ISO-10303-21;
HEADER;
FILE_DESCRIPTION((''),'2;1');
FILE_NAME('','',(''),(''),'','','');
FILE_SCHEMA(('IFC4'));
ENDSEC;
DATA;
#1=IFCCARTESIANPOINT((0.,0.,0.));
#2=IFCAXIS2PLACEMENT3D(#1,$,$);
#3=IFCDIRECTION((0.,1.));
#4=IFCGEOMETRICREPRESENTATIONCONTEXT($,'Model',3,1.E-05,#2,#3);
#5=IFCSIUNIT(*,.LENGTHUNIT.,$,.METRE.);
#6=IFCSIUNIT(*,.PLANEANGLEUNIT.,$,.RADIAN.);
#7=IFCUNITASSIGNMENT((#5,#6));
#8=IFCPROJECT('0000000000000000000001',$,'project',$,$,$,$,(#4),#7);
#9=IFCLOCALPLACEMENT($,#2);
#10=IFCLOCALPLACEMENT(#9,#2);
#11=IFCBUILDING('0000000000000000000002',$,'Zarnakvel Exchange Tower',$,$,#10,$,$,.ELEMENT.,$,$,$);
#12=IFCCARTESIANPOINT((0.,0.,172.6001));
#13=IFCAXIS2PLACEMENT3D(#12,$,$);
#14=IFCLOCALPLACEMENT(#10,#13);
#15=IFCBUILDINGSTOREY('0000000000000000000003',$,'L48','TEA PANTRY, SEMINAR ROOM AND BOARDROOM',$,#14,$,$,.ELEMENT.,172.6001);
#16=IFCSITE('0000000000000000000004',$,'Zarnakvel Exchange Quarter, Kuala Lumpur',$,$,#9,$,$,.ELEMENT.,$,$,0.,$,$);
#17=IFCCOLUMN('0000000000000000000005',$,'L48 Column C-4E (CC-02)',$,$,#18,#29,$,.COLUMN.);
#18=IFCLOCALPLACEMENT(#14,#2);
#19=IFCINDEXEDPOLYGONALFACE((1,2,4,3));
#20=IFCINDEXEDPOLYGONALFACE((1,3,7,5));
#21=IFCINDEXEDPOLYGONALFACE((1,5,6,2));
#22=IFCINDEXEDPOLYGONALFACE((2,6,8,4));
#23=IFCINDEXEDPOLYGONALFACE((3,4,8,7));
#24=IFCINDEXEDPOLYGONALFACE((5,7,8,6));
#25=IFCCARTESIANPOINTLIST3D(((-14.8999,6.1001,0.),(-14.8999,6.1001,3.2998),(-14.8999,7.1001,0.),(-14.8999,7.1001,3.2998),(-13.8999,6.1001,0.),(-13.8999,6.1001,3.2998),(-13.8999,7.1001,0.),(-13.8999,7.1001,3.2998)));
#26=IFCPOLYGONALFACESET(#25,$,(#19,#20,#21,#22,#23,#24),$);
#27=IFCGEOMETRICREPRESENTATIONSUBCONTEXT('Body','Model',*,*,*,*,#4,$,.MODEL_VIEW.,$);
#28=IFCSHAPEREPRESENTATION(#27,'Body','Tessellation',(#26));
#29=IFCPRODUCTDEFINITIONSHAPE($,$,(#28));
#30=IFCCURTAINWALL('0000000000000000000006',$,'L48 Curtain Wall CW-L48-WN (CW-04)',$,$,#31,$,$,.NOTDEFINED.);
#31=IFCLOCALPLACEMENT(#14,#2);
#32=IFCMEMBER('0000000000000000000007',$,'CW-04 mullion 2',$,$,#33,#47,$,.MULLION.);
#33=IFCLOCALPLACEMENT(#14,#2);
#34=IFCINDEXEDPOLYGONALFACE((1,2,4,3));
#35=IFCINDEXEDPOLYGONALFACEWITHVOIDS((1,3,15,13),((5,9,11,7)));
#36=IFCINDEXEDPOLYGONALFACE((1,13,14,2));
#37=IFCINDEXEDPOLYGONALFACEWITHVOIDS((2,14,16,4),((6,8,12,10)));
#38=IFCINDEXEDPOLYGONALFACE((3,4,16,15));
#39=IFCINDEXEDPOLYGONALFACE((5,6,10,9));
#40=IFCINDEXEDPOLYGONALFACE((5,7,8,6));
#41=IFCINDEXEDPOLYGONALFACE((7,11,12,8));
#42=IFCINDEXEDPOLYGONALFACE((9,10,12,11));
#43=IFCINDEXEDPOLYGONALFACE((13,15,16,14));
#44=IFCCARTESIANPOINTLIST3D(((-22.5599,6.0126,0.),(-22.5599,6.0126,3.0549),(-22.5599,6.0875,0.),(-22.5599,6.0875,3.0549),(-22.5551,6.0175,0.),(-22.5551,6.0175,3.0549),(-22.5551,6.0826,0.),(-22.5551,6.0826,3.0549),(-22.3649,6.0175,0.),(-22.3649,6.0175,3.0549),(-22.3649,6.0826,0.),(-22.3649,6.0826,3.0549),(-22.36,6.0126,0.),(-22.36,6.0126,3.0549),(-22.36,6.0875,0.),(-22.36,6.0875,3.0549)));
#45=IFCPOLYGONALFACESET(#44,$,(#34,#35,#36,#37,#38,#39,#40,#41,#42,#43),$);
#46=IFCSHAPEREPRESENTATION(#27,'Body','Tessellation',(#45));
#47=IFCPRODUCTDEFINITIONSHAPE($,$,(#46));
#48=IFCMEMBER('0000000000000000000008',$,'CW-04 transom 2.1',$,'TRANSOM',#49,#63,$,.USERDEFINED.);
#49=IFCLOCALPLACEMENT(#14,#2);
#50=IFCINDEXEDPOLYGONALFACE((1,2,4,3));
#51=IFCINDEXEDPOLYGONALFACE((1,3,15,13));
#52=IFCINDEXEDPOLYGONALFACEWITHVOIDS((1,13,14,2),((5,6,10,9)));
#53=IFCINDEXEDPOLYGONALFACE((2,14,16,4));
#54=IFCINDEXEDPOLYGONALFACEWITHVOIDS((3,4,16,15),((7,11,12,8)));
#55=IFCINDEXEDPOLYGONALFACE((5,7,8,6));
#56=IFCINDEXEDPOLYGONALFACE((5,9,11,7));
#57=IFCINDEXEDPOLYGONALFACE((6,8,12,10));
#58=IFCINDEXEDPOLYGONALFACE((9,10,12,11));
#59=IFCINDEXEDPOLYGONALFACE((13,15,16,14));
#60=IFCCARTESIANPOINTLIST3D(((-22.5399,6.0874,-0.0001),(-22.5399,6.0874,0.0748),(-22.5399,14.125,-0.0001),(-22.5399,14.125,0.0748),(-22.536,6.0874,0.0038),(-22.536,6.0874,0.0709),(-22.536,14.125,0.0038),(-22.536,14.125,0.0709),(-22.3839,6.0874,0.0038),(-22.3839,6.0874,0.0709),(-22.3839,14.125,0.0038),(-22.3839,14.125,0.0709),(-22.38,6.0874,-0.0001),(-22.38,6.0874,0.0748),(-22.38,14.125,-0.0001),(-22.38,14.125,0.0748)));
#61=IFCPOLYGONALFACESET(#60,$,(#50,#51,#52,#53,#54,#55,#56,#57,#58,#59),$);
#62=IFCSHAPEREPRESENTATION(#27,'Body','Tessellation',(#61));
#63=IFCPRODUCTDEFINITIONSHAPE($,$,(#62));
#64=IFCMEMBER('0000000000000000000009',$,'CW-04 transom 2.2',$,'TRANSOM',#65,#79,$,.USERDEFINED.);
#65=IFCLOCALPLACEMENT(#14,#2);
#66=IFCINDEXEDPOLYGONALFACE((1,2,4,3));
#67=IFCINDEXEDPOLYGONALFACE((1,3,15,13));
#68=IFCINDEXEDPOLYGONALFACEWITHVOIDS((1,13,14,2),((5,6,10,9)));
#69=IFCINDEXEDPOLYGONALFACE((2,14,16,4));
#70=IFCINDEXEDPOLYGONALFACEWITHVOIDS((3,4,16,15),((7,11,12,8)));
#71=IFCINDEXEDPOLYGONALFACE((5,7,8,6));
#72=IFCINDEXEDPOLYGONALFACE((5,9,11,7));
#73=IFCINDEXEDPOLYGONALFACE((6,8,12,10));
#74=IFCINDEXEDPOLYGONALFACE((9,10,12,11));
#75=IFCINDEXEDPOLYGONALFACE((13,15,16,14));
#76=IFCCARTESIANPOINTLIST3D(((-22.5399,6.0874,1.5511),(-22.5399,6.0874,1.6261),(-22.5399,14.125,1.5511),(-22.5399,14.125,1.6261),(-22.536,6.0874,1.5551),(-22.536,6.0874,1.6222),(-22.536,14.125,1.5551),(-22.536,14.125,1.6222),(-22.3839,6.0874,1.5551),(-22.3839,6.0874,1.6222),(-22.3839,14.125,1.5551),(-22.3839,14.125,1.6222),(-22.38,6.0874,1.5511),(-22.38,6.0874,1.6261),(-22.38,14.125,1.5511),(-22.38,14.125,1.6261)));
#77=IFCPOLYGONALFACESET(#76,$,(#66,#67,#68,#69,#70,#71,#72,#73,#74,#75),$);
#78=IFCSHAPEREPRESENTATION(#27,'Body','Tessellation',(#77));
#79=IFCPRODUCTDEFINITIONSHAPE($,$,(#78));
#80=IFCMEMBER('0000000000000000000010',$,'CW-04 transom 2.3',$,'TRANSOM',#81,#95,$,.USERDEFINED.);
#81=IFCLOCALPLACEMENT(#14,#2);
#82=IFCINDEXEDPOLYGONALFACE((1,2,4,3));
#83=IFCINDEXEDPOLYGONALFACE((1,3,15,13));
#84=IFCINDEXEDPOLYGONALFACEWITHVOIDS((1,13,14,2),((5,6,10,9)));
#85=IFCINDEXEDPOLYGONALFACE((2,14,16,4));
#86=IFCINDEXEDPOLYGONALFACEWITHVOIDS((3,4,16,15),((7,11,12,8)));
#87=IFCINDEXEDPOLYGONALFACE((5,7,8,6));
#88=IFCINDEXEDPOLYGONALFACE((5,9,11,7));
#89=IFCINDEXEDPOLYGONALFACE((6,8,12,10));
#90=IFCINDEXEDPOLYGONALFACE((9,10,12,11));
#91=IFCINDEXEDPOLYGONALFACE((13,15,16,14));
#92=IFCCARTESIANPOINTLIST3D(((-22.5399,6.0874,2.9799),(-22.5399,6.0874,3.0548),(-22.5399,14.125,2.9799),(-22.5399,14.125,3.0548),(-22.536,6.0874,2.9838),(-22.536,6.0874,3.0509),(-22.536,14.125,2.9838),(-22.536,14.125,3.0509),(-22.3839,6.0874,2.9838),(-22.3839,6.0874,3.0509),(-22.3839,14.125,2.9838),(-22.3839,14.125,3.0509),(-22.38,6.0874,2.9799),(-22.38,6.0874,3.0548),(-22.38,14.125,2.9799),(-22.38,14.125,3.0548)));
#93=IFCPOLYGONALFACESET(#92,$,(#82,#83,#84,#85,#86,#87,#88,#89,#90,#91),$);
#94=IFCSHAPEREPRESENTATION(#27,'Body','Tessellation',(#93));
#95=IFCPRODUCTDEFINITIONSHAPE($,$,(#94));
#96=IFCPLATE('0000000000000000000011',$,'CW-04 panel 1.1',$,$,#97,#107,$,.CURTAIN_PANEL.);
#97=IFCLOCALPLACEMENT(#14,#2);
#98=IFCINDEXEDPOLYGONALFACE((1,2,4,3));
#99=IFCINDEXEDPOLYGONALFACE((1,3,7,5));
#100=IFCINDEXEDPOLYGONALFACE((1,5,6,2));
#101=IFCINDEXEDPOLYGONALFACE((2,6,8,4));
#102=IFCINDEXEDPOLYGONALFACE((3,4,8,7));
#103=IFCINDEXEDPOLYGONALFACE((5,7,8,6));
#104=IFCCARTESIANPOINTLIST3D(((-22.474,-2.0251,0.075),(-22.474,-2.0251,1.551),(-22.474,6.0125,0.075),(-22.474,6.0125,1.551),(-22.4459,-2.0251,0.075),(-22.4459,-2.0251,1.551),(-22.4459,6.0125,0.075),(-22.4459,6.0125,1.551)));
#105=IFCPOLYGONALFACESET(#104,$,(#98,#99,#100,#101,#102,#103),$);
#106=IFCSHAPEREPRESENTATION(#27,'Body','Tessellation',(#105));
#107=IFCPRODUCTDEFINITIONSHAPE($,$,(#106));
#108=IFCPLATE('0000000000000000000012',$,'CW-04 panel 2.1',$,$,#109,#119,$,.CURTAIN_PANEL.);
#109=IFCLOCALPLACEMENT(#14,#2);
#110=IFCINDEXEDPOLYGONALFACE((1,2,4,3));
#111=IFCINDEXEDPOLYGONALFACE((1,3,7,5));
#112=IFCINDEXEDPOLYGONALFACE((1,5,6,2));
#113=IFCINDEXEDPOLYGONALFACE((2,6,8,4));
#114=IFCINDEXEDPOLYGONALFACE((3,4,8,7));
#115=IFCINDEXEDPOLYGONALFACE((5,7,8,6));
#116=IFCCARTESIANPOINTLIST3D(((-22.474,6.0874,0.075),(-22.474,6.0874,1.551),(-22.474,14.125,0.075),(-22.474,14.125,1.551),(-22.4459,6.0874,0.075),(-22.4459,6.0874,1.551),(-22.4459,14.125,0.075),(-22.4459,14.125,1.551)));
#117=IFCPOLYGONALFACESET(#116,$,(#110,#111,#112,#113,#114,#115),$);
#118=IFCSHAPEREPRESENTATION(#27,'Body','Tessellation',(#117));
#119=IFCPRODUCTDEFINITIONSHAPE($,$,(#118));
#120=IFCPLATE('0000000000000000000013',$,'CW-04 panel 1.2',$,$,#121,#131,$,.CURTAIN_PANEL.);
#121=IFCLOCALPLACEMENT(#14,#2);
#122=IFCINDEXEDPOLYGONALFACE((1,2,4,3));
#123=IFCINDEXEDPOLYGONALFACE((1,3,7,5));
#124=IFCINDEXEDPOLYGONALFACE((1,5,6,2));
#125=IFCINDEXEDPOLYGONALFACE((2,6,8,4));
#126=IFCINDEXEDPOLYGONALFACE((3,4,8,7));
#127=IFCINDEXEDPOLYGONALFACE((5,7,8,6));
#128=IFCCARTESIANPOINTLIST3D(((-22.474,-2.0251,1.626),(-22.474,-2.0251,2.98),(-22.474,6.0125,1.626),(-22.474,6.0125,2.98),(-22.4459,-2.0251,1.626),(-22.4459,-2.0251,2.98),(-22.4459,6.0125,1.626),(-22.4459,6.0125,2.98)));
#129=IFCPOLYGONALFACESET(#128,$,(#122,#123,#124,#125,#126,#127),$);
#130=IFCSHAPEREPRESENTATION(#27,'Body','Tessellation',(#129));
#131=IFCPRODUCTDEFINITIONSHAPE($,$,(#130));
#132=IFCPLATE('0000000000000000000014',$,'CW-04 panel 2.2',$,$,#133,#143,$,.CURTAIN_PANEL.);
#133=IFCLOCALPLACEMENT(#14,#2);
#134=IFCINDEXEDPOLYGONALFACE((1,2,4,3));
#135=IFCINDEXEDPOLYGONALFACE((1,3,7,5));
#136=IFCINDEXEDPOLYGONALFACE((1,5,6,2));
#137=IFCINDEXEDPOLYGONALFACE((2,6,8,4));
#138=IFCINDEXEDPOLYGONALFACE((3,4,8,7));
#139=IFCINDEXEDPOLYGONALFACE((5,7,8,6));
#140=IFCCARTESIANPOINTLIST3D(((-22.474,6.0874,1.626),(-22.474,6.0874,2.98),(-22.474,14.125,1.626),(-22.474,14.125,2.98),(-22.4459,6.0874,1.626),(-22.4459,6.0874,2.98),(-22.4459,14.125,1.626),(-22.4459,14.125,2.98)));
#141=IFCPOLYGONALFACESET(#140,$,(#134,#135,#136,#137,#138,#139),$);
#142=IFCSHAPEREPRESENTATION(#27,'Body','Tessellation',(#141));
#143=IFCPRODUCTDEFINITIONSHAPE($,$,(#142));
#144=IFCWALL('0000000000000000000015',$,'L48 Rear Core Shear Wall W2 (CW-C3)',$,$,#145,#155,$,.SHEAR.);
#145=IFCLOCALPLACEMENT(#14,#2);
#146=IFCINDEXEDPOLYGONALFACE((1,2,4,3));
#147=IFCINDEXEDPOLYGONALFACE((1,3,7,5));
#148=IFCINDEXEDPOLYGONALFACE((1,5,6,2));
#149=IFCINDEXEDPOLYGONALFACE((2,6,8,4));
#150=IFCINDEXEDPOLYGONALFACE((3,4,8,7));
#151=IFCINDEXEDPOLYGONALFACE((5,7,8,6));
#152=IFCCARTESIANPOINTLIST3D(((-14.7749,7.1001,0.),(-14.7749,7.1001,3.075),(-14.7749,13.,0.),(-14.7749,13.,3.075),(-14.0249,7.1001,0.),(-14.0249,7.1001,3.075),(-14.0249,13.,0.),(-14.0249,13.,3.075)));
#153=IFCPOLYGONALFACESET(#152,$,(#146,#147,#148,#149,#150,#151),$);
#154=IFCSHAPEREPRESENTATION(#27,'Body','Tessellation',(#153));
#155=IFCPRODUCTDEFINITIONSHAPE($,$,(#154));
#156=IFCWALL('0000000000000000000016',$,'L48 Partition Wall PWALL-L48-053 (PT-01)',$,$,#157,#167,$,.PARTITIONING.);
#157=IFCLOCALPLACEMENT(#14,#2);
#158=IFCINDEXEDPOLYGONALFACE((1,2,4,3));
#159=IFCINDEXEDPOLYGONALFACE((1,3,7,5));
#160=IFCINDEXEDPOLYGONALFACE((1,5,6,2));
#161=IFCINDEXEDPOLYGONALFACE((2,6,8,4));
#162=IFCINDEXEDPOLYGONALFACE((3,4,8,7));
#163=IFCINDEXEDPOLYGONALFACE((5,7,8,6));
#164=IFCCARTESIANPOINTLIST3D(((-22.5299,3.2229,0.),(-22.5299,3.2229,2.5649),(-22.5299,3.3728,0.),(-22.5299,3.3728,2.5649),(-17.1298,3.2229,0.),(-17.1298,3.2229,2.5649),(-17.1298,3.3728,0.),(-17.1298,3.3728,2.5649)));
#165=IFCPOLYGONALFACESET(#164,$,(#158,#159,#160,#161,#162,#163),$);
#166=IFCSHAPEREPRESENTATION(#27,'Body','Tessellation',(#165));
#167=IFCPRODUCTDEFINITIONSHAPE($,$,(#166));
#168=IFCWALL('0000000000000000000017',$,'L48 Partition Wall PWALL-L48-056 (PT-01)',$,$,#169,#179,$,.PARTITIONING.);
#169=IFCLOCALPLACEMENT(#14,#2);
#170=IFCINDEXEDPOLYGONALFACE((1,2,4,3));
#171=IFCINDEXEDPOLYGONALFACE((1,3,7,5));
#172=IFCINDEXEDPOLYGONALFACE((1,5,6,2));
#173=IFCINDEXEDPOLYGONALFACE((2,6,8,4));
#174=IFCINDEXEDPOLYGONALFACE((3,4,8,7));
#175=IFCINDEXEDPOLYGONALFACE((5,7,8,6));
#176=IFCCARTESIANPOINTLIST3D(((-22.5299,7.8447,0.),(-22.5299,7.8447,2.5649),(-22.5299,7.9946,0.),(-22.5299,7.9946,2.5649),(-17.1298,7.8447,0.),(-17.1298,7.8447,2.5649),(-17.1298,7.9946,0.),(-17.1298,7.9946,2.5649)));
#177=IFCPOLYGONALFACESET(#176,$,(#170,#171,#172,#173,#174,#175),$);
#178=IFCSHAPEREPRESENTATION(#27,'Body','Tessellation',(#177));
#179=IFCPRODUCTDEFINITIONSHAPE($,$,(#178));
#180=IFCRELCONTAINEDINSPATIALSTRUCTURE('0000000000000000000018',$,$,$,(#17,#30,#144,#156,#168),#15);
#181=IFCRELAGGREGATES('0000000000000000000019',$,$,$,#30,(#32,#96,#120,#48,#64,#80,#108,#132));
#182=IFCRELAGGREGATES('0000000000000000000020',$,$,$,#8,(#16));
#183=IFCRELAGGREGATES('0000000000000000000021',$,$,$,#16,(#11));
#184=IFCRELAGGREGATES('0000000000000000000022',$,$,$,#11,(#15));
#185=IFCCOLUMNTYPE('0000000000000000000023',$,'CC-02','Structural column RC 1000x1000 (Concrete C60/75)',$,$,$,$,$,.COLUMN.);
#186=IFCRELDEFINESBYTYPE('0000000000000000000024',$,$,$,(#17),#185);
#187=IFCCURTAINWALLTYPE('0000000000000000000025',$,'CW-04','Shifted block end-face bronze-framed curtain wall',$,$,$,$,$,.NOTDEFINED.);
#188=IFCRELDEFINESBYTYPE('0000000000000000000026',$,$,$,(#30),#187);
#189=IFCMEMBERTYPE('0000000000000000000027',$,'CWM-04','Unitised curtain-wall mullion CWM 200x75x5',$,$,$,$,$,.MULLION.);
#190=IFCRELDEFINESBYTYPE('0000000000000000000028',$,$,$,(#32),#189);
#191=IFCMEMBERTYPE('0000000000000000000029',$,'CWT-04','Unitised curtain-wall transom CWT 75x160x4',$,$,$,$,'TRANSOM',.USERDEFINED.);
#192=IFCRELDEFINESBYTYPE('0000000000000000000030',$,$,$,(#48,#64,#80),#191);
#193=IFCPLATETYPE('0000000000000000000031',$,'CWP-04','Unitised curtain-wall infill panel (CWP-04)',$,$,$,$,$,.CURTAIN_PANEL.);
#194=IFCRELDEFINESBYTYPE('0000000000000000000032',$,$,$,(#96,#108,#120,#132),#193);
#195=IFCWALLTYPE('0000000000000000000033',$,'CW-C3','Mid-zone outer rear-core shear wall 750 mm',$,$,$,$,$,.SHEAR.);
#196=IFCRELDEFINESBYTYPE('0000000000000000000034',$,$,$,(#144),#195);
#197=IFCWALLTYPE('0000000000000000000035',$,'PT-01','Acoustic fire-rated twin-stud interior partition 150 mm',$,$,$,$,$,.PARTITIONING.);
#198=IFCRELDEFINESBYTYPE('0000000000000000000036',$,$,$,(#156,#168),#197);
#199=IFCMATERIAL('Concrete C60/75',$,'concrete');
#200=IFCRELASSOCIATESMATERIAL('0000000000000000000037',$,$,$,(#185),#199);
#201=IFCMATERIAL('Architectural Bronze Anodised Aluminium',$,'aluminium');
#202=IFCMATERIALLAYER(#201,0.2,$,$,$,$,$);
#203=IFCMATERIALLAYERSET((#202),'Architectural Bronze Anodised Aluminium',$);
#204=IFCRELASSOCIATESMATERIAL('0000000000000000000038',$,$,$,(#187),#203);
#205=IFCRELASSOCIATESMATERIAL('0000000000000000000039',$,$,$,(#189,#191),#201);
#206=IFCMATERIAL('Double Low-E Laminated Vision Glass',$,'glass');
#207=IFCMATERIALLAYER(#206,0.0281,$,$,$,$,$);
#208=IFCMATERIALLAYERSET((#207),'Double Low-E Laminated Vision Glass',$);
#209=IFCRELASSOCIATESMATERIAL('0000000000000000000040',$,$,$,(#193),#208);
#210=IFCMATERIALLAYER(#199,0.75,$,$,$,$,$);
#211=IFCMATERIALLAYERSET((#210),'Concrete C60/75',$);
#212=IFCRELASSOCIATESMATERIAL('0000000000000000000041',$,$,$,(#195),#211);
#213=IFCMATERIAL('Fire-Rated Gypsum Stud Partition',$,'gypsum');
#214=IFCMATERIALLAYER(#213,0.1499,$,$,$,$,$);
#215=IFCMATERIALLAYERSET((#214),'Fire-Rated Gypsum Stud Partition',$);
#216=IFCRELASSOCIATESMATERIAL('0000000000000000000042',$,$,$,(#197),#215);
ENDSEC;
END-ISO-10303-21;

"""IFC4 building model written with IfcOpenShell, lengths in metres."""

from ifc_helpers import new_model, si_unit, direction, frame, frame_2d, origin, origin_2d, place, context, subcontext, project, spatial, rectangle, hollow_rectangle, extrude, source, transform, mapped, material, layer, layer_set, material_profile, profile_set, type_object, element, aggregate, save


model = new_model("IFC4")

# Units and contexts
model_context = context("Model", 3, precision=1e-05, world=origin(), true_north=direction((0.0, 1.0)))
body_context = subcontext(model_context, "Body", "Model", "MODEL_VIEW")
ifc_project = project(units=[si_unit("LENGTHUNIT", "METRE"), si_unit("PLANEANGLEUNIT", "RADIAN")], contexts=[model_context])

# Site, building, storey
site_placement = place(None, origin())
site = spatial("IfcSite", under=ifc_project, at=site_placement, Name="Zarnakvel Exchange Quarter, Kuala Lumpur", CompositionType="ELEMENT", RefElevation=0.0)
building_placement = place(site_placement, origin())
building = spatial("IfcBuilding", under=site, at=building_placement, Name="Zarnakvel Exchange Tower", CompositionType="ELEMENT")
storey_placement = place(building_placement, frame((0.0, 0.0, 172.6001)))
storey = spatial("IfcBuildingStorey", under=building, at=storey_placement, Name="L48", Description="TEA PANTRY, SEMINAR ROOM AND BOARDROOM", CompositionType="ELEMENT", Elevation=172.6001)

# Column
ifc_material_1 = material(Name="Concrete C60/75", Category="concrete")
ifc_material_profile_1 = material_profile(ifc_material_1, rectangle(XDim=1.0, YDim=1.0, at=origin_2d()))
ifc_profile_set_1 = profile_set([ifc_material_profile_1], Name="Concrete C60/75")
column_type = type_object("IfcColumnType", Name="CC-02", Description="Structural column RC 1000x1000 (Concrete C60/75)", PredefinedType="COLUMN", material=ifc_profile_set_1)
column_placement = place(storey_placement, frame((-14.3999, 6.6001, 0.0), z_axis=(0.0, 0.0, 1.0), x_axis=(1.0, 0.0, 0.0)))
element("IfcColumn", 1, at=column_placement, inside=storey, type_object=column_type, Name="L48 Column C-4E (CC-02)", PredefinedType="COLUMN", context=body_context, shape_type="SweptSolid", body=[
    extrude(rectangle(XDim=1.0, YDim=1.0, at=origin_2d()), origin(), (0.0, 0.0, 1.0), 3.2998),
])

# Curtain wall, members, plates
ifc_material_2 = material(Name="Architectural Bronze Anodised Aluminium", Category="aluminium")
ifc_layer_1 = layer(ifc_material_2, 0.2)
ifc_layer_set_1 = layer_set([ifc_layer_1], Name="Architectural Bronze Anodised Aluminium")
curtain_wall_type = type_object("IfcCurtainWallType", Name="CW-04", Description="Shifted block end-face bronze-framed curtain wall", PredefinedType="NOTDEFINED", material=ifc_layer_set_1)
curtain_wall_placement = place(storey_placement, origin())
curtain_wall = element("IfcCurtainWall", 2, at=curtain_wall_placement, inside=storey, type_object=curtain_wall_type, Name="L48 Curtain Wall CW-L48-WN (CW-04)", PredefinedType="NOTDEFINED")
ifc_material_profile_2 = material_profile(ifc_material_2, hollow_rectangle(XDim=0.2, YDim=0.075, WallThickness=0.0049, at=origin_2d()))
ifc_profile_set_2 = profile_set([ifc_material_profile_2], Name="Architectural Bronze Anodised Aluminium")
member_type_1 = type_object("IfcMemberType", Name="CWM-04", Description="Unitised curtain-wall mullion CWM 200x75x5", PredefinedType="MULLION", material=ifc_profile_set_2)
shared_shape_1 = source(origin(), body_context, "Body", "SweptSolid", [
    extrude(hollow_rectangle(XDim=0.2, YDim=0.075, WallThickness=0.0049, at=origin_2d()), origin(), (0.0, 0.0, 1.0), 3.0549),
])
member_1_placement = place(storey_placement, frame((-22.46, 6.05, 0.0), z_axis=(0.0, 0.0, 1.0), x_axis=(-1.0, 0.0, 0.0)))
member_1 = element("IfcMember", 3, at=member_1_placement, type_object=member_type_1, Name="CW-04 mullion 2", PredefinedType="MULLION", context=body_context, shape_type="MappedRepresentation", body=[
    mapped(shared_shape_1, transform((0.0, 0.0, 0.0), x_axis=(1.0, 0.0, 0.0), y_axis=(0.0, 1.0, 0.0), z_axis=(0.0, 0.0, 1.0), scale=1.0)),
])
ifc_material_profile_3 = material_profile(ifc_material_2, hollow_rectangle(XDim=0.1599, YDim=0.075, WallThickness=0.0039, at=origin_2d()))
ifc_profile_set_3 = profile_set([ifc_material_profile_3], Name="Architectural Bronze Anodised Aluminium")
member_type_2 = type_object("IfcMemberType", Name="CWT-04", Description="Unitised curtain-wall transom CWT 75x160x4", ElementType="TRANSOM", PredefinedType="USERDEFINED", material=ifc_profile_set_3)
shared_shape_2 = source(origin(), body_context, "Body", "SweptSolid", [
    extrude(hollow_rectangle(XDim=0.1599, YDim=0.075, WallThickness=0.0039, at=origin_2d()), origin(), (0.0, 0.0, 1.0), 8.0376),
])
member_2_placement = place(storey_placement, frame((-22.46, 6.0874, 0.0374), z_axis=(0.0, 1.0, 0.0), x_axis=(-1.0, 0.0, 0.0)))
member_2 = element("IfcMember", 4, at=member_2_placement, type_object=member_type_2, Name="CW-04 transom 2.1", ObjectType="TRANSOM", PredefinedType="USERDEFINED", context=body_context, shape_type="MappedRepresentation", body=[
    mapped(shared_shape_2, transform((0.0, 0.0, 0.0), x_axis=(1.0, 0.0, 0.0), y_axis=(0.0, 1.0, 0.0), z_axis=(0.0, 0.0, 1.0), scale=1.0)),
])
member_3_placement = place(storey_placement, frame((-22.46, 6.0874, 1.5886), z_axis=(0.0, 1.0, 0.0), x_axis=(-1.0, 0.0, 0.0)))
member_3 = element("IfcMember", 5, at=member_3_placement, type_object=member_type_2, Name="CW-04 transom 2.2", ObjectType="TRANSOM", PredefinedType="USERDEFINED", context=body_context, shape_type="MappedRepresentation", body=[
    mapped(shared_shape_2, transform((0.0, 0.0, 0.0), x_axis=(1.0, 0.0, 0.0), y_axis=(0.0, 1.0, 0.0), z_axis=(0.0, 0.0, 1.0), scale=1.0)),
])
member_4_placement = place(storey_placement, frame((-22.46, 6.0874, 3.0173), z_axis=(0.0, 1.0, 0.0), x_axis=(-1.0, 0.0, 0.0)))
member_4 = element("IfcMember", 6, at=member_4_placement, type_object=member_type_2, Name="CW-04 transom 2.3", ObjectType="TRANSOM", PredefinedType="USERDEFINED", context=body_context, shape_type="MappedRepresentation", body=[
    mapped(shared_shape_2, transform((0.0, 0.0, 0.0), x_axis=(1.0, 0.0, 0.0), y_axis=(0.0, 1.0, 0.0), z_axis=(0.0, 0.0, 1.0), scale=1.0)),
])
ifc_material_3 = material(Name="Double Low-E Laminated Vision Glass", Category="glass")
ifc_layer_2 = layer(ifc_material_3, 0.0281)
ifc_layer_set_2 = layer_set([ifc_layer_2], Name="Double Low-E Laminated Vision Glass")
plate_type = type_object("IfcPlateType", Name="CWP-04", Description="Unitised curtain-wall infill panel (CWP-04)", PredefinedType="CURTAIN_PANEL", material=ifc_layer_set_2)
shared_shape_3 = source(origin(), body_context, "Body", "SweptSolid", [
    extrude(rectangle(XDim=8.0376, YDim=0.0281, at=origin_2d()), origin(), (0.0, 0.0, 1.0), 1.4761),
])
plate_1_placement = place(storey_placement, frame((-22.46, 1.9937, 0.075), z_axis=(0.0, 0.0, 1.0), x_axis=(0.0, 1.0, 0.0)))
plate_1 = element("IfcPlate", 7, at=plate_1_placement, type_object=plate_type, Name="CW-04 panel 1.1", PredefinedType="CURTAIN_PANEL", context=body_context, shape_type="MappedRepresentation", body=[
    mapped(shared_shape_3, transform((0.0, 0.0, 0.0), x_axis=(1.0, 0.0, 0.0), y_axis=(0.0, 1.0, 0.0), z_axis=(0.0, 0.0, 1.0), scale=1.0)),
])
plate_2_placement = place(storey_placement, frame((-22.46, 10.1062, 0.075), z_axis=(0.0, 0.0, 1.0), x_axis=(0.0, 1.0, 0.0)))
plate_2 = element("IfcPlate", 8, at=plate_2_placement, type_object=plate_type, Name="CW-04 panel 2.1", PredefinedType="CURTAIN_PANEL", context=body_context, shape_type="MappedRepresentation", body=[
    mapped(shared_shape_3, transform((0.0, 0.0, 0.0), x_axis=(1.0, 0.0, 0.0), y_axis=(0.0, 1.0, 0.0), z_axis=(0.0, 0.0, 1.0), scale=1.0)),
])
shared_shape_4 = source(origin(), body_context, "Body", "SweptSolid", [
    extrude(rectangle(XDim=8.0376, YDim=0.0281, at=origin_2d()), origin(), (0.0, 0.0, 1.0), 1.354),
])
plate_3_placement = place(storey_placement, frame((-22.46, 1.9937, 1.626), z_axis=(0.0, 0.0, 1.0), x_axis=(0.0, 1.0, 0.0)))
plate_3 = element("IfcPlate", 9, at=plate_3_placement, type_object=plate_type, Name="CW-04 panel 1.2", PredefinedType="CURTAIN_PANEL", context=body_context, shape_type="MappedRepresentation", body=[
    mapped(shared_shape_4, transform((0.0, 0.0, 0.0), x_axis=(1.0, 0.0, 0.0), y_axis=(0.0, 1.0, 0.0), z_axis=(0.0, 0.0, 1.0), scale=1.0)),
])
plate_4_placement = place(storey_placement, frame((-22.46, 10.1062, 1.626), z_axis=(0.0, 0.0, 1.0), x_axis=(0.0, 1.0, 0.0)))
plate_4 = element("IfcPlate", 10, at=plate_4_placement, type_object=plate_type, Name="CW-04 panel 2.2", PredefinedType="CURTAIN_PANEL", context=body_context, shape_type="MappedRepresentation", body=[
    mapped(shared_shape_4, transform((0.0, 0.0, 0.0), x_axis=(1.0, 0.0, 0.0), y_axis=(0.0, 1.0, 0.0), z_axis=(0.0, 0.0, 1.0), scale=1.0)),
])
aggregate(curtain_wall, [member_1, plate_1, plate_3, member_2, member_3, member_4, plate_2, plate_4])

# Walls
ifc_layer_3 = layer(ifc_material_1, 0.75)
ifc_layer_set_3 = layer_set([ifc_layer_3], Name="Concrete C60/75")
wall_type_1 = type_object("IfcWallType", Name="CW-C3", Description="Mid-zone outer rear-core shear wall 750 mm", PredefinedType="SHEAR", material=ifc_layer_set_3)
wall_1_placement = place(storey_placement, frame((-14.3999, 7.1001, 0.0), z_axis=(0.0, 0.0, 1.0), x_axis=(0.0, 1.0, 0.0)))
element("IfcWall", 11, at=wall_1_placement, inside=storey, type_object=wall_type_1, Name="L48 Rear Core Shear Wall W2 (CW-C3)", PredefinedType="SHEAR", context=body_context, shape_type="SweptSolid", body=[
    extrude(rectangle(XDim=5.8999, YDim=0.75, at=frame_2d((2.95, 0.0))), origin(), (0.0, 0.0, 1.0), 3.075),
])
ifc_material_4 = material(Name="Fire-Rated Gypsum Stud Partition", Category="gypsum")
ifc_layer_4 = layer(ifc_material_4, 0.1499)
ifc_layer_set_4 = layer_set([ifc_layer_4], Name="Fire-Rated Gypsum Stud Partition")
wall_type_2 = type_object("IfcWallType", Name="PT-01", Description="Acoustic fire-rated twin-stud interior partition 150 mm", PredefinedType="PARTITIONING", material=ifc_layer_set_4)
wall_2_placement = place(storey_placement, frame((-22.53, 3.2979, 0.0), z_axis=(0.0, 0.0, 1.0), x_axis=(1.0, 0.0, 0.0)))
element("IfcWall", 12, at=wall_2_placement, inside=storey, type_object=wall_type_2, Name="L48 Partition Wall PWALL-L48-053 (PT-01)", PredefinedType="PARTITIONING", context=body_context, shape_type="SweptSolid", body=[
    extrude(rectangle(XDim=5.4001, YDim=0.1499, at=frame_2d((2.7002, 0.0))), origin(), (0.0, 0.0, 1.0), 2.5649),
])

# Wall
wall_3_placement = place(storey_placement, frame((-22.53, 7.9197, 0.0), z_axis=(0.0, 0.0, 1.0), x_axis=(1.0, 0.0, 0.0)))
element("IfcWall", 13, at=wall_3_placement, inside=storey, type_object=wall_type_2, Name="L48 Partition Wall PWALL-L48-056 (PT-01)", PredefinedType="PARTITIONING", context=body_context, shape_type="SweptSolid", body=[
    extrude(rectangle(XDim=5.4001, YDim=0.1499, at=frame_2d((2.7002, 0.0))), origin(), (0.0, 0.0, 1.0), 2.5649),
])

save(model, "model.ifc")
